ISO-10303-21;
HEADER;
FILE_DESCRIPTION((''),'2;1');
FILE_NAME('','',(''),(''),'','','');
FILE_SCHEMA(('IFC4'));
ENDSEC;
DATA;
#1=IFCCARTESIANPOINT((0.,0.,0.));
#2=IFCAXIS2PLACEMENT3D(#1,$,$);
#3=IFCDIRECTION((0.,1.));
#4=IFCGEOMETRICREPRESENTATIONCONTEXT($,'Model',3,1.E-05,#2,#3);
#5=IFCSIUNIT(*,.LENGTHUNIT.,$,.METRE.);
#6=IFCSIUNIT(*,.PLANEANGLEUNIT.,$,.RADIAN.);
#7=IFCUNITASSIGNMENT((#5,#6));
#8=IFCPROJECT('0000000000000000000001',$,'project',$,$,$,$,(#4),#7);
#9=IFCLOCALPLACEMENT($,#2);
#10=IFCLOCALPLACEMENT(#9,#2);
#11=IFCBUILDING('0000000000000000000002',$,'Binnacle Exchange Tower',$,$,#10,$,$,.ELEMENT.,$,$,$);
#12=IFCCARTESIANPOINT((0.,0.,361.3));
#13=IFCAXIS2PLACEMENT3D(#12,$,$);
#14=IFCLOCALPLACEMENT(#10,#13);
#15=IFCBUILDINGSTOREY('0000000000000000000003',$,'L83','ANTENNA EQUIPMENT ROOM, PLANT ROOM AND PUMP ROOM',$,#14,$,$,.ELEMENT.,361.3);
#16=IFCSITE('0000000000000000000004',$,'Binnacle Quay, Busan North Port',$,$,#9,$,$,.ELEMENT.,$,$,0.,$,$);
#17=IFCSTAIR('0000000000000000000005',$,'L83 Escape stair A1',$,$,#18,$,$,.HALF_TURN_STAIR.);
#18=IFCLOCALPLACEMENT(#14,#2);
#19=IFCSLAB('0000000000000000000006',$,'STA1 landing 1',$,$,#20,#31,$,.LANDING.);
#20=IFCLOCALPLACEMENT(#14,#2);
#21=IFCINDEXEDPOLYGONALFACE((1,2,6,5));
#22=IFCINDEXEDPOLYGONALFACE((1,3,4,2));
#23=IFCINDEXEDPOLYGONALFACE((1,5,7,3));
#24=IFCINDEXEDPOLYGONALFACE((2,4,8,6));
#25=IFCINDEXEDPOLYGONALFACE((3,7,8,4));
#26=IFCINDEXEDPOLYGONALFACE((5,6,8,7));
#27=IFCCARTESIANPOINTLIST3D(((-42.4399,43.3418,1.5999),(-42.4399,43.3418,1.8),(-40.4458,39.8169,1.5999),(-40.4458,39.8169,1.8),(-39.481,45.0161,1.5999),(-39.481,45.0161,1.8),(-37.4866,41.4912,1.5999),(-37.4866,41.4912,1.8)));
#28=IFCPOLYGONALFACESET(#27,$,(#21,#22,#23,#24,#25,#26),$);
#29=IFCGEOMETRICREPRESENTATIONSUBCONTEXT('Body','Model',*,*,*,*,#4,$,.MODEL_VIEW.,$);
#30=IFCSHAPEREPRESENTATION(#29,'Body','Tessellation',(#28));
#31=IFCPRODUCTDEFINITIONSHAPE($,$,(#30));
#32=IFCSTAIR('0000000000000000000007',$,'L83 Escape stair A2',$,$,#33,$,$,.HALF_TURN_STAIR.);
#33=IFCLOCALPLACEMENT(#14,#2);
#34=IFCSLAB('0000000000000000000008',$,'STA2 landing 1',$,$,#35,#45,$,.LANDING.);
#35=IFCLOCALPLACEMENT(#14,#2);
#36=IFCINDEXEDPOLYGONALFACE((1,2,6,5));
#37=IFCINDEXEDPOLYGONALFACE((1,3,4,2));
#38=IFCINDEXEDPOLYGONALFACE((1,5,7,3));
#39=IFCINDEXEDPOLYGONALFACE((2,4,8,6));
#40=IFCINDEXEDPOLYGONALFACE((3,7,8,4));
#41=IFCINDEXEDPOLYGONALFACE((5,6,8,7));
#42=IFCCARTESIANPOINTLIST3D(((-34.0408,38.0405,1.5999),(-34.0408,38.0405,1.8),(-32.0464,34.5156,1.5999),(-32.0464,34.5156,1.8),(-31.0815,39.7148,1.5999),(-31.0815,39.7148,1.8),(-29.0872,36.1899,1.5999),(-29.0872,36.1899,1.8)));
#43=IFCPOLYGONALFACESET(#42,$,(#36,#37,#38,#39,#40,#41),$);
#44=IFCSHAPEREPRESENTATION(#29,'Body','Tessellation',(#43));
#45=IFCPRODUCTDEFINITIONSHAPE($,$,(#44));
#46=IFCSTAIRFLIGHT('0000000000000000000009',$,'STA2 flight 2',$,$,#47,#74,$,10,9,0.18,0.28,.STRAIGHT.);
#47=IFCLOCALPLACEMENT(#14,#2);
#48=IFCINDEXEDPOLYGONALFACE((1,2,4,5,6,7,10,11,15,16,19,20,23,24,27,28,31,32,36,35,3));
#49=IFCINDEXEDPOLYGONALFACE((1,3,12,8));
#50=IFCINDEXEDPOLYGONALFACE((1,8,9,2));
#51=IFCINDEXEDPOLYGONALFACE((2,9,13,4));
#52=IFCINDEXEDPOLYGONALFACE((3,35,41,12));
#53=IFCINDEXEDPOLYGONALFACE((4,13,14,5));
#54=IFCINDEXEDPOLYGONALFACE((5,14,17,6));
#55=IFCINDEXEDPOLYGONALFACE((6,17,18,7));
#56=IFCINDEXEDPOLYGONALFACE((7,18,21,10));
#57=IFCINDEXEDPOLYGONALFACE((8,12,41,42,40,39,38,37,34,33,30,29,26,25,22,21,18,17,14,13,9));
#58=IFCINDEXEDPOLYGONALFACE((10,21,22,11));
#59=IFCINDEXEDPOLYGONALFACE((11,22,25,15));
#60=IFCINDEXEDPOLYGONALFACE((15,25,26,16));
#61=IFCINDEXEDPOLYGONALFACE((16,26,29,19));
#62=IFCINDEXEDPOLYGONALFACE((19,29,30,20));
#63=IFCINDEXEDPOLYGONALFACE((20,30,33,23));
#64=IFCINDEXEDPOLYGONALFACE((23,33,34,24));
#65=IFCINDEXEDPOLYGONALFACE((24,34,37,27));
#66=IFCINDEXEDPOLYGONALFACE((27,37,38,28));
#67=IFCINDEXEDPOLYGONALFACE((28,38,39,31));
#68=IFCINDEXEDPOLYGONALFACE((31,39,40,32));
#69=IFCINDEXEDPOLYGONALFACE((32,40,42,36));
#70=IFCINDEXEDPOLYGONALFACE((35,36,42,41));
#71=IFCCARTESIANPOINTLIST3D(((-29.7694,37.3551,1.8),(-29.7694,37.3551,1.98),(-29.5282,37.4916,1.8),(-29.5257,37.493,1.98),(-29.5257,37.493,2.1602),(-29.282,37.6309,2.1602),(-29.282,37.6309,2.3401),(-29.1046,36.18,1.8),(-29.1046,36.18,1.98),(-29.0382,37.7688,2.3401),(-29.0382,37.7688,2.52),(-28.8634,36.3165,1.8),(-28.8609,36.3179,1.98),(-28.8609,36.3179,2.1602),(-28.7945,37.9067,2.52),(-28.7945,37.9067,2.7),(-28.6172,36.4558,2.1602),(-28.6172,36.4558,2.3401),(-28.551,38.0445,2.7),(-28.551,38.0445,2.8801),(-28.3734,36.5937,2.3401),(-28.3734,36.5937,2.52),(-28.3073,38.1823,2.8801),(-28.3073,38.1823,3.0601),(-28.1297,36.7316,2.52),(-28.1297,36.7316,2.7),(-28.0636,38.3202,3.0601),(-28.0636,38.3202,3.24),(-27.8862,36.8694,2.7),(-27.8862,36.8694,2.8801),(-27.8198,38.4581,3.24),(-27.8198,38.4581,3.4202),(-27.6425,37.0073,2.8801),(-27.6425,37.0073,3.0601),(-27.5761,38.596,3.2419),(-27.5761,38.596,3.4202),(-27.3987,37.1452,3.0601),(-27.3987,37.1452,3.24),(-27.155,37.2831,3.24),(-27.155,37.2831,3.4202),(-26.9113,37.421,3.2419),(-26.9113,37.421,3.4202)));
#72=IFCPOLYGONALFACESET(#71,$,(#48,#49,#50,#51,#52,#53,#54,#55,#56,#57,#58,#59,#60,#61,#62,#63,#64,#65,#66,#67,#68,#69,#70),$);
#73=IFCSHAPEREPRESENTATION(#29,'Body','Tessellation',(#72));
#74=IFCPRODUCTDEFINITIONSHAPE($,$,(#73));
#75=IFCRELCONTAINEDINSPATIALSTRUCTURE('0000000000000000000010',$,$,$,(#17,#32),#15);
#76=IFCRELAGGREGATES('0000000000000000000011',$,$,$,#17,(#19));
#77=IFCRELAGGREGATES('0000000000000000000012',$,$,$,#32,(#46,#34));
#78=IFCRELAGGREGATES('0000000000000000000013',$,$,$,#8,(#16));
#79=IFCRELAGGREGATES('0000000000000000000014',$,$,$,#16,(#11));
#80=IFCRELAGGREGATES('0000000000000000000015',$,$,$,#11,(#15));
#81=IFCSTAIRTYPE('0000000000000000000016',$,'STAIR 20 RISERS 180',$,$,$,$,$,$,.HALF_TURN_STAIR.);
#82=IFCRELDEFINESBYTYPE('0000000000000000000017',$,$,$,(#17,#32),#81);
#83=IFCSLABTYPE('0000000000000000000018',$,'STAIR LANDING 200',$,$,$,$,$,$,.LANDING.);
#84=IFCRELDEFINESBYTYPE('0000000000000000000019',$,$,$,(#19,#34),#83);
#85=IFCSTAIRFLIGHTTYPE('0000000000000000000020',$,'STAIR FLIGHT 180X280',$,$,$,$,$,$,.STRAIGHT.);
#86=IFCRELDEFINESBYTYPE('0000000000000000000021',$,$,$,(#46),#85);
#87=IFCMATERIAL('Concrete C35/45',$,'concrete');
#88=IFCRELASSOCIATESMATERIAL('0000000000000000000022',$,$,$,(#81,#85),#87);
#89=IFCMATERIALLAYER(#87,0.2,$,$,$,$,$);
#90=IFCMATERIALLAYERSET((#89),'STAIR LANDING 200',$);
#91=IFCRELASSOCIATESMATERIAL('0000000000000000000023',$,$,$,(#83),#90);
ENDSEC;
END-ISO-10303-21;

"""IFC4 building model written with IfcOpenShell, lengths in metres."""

from ifc_helpers import new_model, si_unit, direction, frame, origin, place, context, subcontext, project, spatial, polyline, outline, extrude, material, layer, layer_set, type_object, element, aggregate, save


model = new_model("IFC4")

# Units and contexts
model_context = context("Model", 3, precision=1e-05, world=origin(), true_north=direction((0.0, 1.0)))
body_context = subcontext(model_context, "Body", "Model", "MODEL_VIEW")
ifc_project = project(units=[si_unit("LENGTHUNIT", "METRE"), si_unit("PLANEANGLEUNIT", "RADIAN")], contexts=[model_context])

# Site, building, storey
site_placement = place(None, origin())
site = spatial("IfcSite", under=ifc_project, at=site_placement, Name="Binnacle Quay, Busan North Port", CompositionType="ELEMENT", RefElevation=0.0)
building_placement = place(site_placement, origin())
building = spatial("IfcBuilding", under=site, at=building_placement, Name="Binnacle Exchange Tower", CompositionType="ELEMENT")
storey_placement = place(building_placement, frame((0.0, 0.0, 361.3)))
storey = spatial("IfcBuildingStorey", under=building, at=storey_placement, Name="L83", Description="ANTENNA EQUIPMENT ROOM, PLANT ROOM AND PUMP ROOM", CompositionType="ELEMENT", Elevation=361.3)

# Shared definitions
ifc_material_1 = material(Name="Concrete C35/45", Category="concrete")

# Stair, slab
stair_type = type_object("IfcStairType", Name="STAIR 20 RISERS 180", PredefinedType="HALF_TURN_STAIR", material=ifc_material_1)
stair_1_placement = place(storey_placement, origin())
stair_1 = element("IfcStair", 1, at=stair_1_placement, inside=storey, type_object=stair_type, Name="L83 Escape stair A1", PredefinedType="HALF_TURN_STAIR")
ifc_layer_1 = layer(ifc_material_1, 0.2)
ifc_layer_set_1 = layer_set([ifc_layer_1], Name="STAIR LANDING 200")
slab_type_1 = type_object("IfcSlabType", Name="STAIR LANDING 200", PredefinedType="LANDING", material=ifc_layer_set_1)
slab_1_placement = place(storey_placement, frame((0.0, 0.0, 1.5999)))
slab_1 = element("IfcSlab", 2, at=slab_1_placement, type_object=slab_type_1, Name="STA1 landing 1", PredefinedType="LANDING", context=body_context, shape_type="SweptSolid", body=[
    extrude(outline(polyline([(-40.4458, 39.8169), (-37.4866, 41.4912), (-39.481, 45.0161), (-42.4399, 43.3418), (-40.4458, 39.8169)])), origin(), (0.0, 0.0, 1.0), 0.2002),
])
aggregate(stair_1, [slab_1])

# Stair, slab, stair flight
stair_2_placement = place(storey_placement, origin())
stair_2 = element("IfcStair", 3, at=stair_2_placement, inside=storey, type_object=stair_type, Name="L83 Escape stair A2", PredefinedType="HALF_TURN_STAIR")
slab_2_placement = place(storey_placement, frame((0.0, 0.0, 1.5999)))
slab_2 = element("IfcSlab", 4, at=slab_2_placement, type_object=slab_type_1, Name="STA2 landing 1", PredefinedType="LANDING", context=body_context, shape_type="SweptSolid", body=[
    extrude(outline(polyline([(-31.0815, 39.7148), (-34.0408, 38.0405), (-32.0464, 34.5156), (-29.0872, 36.1899), (-31.0815, 39.7148)])), origin(), (0.0, 0.0, 1.0), 0.2002),
])
stair_flight_type = type_object("IfcStairFlightType", Name="STAIR FLIGHT 180X280", PredefinedType="STRAIGHT", material=ifc_material_1)
stair_flight_placement = place(storey_placement, frame((-29.437, 36.7676, 1.8), z_axis=(0.0, 0.0, 1.0), x_axis=(0.870356, 0.492424, 0.0)))
stair_flight = element("IfcStairFlight", 5, at=stair_flight_placement, type_object=stair_flight_type, Name="STA2 flight 2", NumberOfRisers=10, NumberOfTreads=9, PredefinedType="STRAIGHT", RiserHeight=0.18, TreadLength=0.28, context=body_context, shape_type="SweptSolid", body=[
    extrude(outline(polyline([(0.0, 0.0), (0.0, 0.1799), (0.28, 0.1799), (0.28, 0.3601), (0.5601, 0.3601), (0.5601, 0.54), (0.8401, 0.54), (0.8401, 0.72), (1.1201, 0.72), (1.1201, 0.8999), (1.3999, 0.8999), (1.3999, 1.0801), (1.6799, 1.0801), (1.6799, 1.26), (1.96, 1.26), (1.96, 1.4399), (2.24, 1.4399), (2.24, 1.6201), (2.52, 1.6201), (2.52, 1.8), (2.52, 1.4419), (0.2771, 0.0), (0.0, 0.0)])), frame((0.0, 0.675, 0.0), z_axis=(0.0, -1.0, 0.0), x_axis=(1.0, 0.0, 0.0)), (0.0, 0.0, 1.0), 1.3501),
])
aggregate(stair_2, [stair_flight, slab_2])

save(model, "model.ifc")
